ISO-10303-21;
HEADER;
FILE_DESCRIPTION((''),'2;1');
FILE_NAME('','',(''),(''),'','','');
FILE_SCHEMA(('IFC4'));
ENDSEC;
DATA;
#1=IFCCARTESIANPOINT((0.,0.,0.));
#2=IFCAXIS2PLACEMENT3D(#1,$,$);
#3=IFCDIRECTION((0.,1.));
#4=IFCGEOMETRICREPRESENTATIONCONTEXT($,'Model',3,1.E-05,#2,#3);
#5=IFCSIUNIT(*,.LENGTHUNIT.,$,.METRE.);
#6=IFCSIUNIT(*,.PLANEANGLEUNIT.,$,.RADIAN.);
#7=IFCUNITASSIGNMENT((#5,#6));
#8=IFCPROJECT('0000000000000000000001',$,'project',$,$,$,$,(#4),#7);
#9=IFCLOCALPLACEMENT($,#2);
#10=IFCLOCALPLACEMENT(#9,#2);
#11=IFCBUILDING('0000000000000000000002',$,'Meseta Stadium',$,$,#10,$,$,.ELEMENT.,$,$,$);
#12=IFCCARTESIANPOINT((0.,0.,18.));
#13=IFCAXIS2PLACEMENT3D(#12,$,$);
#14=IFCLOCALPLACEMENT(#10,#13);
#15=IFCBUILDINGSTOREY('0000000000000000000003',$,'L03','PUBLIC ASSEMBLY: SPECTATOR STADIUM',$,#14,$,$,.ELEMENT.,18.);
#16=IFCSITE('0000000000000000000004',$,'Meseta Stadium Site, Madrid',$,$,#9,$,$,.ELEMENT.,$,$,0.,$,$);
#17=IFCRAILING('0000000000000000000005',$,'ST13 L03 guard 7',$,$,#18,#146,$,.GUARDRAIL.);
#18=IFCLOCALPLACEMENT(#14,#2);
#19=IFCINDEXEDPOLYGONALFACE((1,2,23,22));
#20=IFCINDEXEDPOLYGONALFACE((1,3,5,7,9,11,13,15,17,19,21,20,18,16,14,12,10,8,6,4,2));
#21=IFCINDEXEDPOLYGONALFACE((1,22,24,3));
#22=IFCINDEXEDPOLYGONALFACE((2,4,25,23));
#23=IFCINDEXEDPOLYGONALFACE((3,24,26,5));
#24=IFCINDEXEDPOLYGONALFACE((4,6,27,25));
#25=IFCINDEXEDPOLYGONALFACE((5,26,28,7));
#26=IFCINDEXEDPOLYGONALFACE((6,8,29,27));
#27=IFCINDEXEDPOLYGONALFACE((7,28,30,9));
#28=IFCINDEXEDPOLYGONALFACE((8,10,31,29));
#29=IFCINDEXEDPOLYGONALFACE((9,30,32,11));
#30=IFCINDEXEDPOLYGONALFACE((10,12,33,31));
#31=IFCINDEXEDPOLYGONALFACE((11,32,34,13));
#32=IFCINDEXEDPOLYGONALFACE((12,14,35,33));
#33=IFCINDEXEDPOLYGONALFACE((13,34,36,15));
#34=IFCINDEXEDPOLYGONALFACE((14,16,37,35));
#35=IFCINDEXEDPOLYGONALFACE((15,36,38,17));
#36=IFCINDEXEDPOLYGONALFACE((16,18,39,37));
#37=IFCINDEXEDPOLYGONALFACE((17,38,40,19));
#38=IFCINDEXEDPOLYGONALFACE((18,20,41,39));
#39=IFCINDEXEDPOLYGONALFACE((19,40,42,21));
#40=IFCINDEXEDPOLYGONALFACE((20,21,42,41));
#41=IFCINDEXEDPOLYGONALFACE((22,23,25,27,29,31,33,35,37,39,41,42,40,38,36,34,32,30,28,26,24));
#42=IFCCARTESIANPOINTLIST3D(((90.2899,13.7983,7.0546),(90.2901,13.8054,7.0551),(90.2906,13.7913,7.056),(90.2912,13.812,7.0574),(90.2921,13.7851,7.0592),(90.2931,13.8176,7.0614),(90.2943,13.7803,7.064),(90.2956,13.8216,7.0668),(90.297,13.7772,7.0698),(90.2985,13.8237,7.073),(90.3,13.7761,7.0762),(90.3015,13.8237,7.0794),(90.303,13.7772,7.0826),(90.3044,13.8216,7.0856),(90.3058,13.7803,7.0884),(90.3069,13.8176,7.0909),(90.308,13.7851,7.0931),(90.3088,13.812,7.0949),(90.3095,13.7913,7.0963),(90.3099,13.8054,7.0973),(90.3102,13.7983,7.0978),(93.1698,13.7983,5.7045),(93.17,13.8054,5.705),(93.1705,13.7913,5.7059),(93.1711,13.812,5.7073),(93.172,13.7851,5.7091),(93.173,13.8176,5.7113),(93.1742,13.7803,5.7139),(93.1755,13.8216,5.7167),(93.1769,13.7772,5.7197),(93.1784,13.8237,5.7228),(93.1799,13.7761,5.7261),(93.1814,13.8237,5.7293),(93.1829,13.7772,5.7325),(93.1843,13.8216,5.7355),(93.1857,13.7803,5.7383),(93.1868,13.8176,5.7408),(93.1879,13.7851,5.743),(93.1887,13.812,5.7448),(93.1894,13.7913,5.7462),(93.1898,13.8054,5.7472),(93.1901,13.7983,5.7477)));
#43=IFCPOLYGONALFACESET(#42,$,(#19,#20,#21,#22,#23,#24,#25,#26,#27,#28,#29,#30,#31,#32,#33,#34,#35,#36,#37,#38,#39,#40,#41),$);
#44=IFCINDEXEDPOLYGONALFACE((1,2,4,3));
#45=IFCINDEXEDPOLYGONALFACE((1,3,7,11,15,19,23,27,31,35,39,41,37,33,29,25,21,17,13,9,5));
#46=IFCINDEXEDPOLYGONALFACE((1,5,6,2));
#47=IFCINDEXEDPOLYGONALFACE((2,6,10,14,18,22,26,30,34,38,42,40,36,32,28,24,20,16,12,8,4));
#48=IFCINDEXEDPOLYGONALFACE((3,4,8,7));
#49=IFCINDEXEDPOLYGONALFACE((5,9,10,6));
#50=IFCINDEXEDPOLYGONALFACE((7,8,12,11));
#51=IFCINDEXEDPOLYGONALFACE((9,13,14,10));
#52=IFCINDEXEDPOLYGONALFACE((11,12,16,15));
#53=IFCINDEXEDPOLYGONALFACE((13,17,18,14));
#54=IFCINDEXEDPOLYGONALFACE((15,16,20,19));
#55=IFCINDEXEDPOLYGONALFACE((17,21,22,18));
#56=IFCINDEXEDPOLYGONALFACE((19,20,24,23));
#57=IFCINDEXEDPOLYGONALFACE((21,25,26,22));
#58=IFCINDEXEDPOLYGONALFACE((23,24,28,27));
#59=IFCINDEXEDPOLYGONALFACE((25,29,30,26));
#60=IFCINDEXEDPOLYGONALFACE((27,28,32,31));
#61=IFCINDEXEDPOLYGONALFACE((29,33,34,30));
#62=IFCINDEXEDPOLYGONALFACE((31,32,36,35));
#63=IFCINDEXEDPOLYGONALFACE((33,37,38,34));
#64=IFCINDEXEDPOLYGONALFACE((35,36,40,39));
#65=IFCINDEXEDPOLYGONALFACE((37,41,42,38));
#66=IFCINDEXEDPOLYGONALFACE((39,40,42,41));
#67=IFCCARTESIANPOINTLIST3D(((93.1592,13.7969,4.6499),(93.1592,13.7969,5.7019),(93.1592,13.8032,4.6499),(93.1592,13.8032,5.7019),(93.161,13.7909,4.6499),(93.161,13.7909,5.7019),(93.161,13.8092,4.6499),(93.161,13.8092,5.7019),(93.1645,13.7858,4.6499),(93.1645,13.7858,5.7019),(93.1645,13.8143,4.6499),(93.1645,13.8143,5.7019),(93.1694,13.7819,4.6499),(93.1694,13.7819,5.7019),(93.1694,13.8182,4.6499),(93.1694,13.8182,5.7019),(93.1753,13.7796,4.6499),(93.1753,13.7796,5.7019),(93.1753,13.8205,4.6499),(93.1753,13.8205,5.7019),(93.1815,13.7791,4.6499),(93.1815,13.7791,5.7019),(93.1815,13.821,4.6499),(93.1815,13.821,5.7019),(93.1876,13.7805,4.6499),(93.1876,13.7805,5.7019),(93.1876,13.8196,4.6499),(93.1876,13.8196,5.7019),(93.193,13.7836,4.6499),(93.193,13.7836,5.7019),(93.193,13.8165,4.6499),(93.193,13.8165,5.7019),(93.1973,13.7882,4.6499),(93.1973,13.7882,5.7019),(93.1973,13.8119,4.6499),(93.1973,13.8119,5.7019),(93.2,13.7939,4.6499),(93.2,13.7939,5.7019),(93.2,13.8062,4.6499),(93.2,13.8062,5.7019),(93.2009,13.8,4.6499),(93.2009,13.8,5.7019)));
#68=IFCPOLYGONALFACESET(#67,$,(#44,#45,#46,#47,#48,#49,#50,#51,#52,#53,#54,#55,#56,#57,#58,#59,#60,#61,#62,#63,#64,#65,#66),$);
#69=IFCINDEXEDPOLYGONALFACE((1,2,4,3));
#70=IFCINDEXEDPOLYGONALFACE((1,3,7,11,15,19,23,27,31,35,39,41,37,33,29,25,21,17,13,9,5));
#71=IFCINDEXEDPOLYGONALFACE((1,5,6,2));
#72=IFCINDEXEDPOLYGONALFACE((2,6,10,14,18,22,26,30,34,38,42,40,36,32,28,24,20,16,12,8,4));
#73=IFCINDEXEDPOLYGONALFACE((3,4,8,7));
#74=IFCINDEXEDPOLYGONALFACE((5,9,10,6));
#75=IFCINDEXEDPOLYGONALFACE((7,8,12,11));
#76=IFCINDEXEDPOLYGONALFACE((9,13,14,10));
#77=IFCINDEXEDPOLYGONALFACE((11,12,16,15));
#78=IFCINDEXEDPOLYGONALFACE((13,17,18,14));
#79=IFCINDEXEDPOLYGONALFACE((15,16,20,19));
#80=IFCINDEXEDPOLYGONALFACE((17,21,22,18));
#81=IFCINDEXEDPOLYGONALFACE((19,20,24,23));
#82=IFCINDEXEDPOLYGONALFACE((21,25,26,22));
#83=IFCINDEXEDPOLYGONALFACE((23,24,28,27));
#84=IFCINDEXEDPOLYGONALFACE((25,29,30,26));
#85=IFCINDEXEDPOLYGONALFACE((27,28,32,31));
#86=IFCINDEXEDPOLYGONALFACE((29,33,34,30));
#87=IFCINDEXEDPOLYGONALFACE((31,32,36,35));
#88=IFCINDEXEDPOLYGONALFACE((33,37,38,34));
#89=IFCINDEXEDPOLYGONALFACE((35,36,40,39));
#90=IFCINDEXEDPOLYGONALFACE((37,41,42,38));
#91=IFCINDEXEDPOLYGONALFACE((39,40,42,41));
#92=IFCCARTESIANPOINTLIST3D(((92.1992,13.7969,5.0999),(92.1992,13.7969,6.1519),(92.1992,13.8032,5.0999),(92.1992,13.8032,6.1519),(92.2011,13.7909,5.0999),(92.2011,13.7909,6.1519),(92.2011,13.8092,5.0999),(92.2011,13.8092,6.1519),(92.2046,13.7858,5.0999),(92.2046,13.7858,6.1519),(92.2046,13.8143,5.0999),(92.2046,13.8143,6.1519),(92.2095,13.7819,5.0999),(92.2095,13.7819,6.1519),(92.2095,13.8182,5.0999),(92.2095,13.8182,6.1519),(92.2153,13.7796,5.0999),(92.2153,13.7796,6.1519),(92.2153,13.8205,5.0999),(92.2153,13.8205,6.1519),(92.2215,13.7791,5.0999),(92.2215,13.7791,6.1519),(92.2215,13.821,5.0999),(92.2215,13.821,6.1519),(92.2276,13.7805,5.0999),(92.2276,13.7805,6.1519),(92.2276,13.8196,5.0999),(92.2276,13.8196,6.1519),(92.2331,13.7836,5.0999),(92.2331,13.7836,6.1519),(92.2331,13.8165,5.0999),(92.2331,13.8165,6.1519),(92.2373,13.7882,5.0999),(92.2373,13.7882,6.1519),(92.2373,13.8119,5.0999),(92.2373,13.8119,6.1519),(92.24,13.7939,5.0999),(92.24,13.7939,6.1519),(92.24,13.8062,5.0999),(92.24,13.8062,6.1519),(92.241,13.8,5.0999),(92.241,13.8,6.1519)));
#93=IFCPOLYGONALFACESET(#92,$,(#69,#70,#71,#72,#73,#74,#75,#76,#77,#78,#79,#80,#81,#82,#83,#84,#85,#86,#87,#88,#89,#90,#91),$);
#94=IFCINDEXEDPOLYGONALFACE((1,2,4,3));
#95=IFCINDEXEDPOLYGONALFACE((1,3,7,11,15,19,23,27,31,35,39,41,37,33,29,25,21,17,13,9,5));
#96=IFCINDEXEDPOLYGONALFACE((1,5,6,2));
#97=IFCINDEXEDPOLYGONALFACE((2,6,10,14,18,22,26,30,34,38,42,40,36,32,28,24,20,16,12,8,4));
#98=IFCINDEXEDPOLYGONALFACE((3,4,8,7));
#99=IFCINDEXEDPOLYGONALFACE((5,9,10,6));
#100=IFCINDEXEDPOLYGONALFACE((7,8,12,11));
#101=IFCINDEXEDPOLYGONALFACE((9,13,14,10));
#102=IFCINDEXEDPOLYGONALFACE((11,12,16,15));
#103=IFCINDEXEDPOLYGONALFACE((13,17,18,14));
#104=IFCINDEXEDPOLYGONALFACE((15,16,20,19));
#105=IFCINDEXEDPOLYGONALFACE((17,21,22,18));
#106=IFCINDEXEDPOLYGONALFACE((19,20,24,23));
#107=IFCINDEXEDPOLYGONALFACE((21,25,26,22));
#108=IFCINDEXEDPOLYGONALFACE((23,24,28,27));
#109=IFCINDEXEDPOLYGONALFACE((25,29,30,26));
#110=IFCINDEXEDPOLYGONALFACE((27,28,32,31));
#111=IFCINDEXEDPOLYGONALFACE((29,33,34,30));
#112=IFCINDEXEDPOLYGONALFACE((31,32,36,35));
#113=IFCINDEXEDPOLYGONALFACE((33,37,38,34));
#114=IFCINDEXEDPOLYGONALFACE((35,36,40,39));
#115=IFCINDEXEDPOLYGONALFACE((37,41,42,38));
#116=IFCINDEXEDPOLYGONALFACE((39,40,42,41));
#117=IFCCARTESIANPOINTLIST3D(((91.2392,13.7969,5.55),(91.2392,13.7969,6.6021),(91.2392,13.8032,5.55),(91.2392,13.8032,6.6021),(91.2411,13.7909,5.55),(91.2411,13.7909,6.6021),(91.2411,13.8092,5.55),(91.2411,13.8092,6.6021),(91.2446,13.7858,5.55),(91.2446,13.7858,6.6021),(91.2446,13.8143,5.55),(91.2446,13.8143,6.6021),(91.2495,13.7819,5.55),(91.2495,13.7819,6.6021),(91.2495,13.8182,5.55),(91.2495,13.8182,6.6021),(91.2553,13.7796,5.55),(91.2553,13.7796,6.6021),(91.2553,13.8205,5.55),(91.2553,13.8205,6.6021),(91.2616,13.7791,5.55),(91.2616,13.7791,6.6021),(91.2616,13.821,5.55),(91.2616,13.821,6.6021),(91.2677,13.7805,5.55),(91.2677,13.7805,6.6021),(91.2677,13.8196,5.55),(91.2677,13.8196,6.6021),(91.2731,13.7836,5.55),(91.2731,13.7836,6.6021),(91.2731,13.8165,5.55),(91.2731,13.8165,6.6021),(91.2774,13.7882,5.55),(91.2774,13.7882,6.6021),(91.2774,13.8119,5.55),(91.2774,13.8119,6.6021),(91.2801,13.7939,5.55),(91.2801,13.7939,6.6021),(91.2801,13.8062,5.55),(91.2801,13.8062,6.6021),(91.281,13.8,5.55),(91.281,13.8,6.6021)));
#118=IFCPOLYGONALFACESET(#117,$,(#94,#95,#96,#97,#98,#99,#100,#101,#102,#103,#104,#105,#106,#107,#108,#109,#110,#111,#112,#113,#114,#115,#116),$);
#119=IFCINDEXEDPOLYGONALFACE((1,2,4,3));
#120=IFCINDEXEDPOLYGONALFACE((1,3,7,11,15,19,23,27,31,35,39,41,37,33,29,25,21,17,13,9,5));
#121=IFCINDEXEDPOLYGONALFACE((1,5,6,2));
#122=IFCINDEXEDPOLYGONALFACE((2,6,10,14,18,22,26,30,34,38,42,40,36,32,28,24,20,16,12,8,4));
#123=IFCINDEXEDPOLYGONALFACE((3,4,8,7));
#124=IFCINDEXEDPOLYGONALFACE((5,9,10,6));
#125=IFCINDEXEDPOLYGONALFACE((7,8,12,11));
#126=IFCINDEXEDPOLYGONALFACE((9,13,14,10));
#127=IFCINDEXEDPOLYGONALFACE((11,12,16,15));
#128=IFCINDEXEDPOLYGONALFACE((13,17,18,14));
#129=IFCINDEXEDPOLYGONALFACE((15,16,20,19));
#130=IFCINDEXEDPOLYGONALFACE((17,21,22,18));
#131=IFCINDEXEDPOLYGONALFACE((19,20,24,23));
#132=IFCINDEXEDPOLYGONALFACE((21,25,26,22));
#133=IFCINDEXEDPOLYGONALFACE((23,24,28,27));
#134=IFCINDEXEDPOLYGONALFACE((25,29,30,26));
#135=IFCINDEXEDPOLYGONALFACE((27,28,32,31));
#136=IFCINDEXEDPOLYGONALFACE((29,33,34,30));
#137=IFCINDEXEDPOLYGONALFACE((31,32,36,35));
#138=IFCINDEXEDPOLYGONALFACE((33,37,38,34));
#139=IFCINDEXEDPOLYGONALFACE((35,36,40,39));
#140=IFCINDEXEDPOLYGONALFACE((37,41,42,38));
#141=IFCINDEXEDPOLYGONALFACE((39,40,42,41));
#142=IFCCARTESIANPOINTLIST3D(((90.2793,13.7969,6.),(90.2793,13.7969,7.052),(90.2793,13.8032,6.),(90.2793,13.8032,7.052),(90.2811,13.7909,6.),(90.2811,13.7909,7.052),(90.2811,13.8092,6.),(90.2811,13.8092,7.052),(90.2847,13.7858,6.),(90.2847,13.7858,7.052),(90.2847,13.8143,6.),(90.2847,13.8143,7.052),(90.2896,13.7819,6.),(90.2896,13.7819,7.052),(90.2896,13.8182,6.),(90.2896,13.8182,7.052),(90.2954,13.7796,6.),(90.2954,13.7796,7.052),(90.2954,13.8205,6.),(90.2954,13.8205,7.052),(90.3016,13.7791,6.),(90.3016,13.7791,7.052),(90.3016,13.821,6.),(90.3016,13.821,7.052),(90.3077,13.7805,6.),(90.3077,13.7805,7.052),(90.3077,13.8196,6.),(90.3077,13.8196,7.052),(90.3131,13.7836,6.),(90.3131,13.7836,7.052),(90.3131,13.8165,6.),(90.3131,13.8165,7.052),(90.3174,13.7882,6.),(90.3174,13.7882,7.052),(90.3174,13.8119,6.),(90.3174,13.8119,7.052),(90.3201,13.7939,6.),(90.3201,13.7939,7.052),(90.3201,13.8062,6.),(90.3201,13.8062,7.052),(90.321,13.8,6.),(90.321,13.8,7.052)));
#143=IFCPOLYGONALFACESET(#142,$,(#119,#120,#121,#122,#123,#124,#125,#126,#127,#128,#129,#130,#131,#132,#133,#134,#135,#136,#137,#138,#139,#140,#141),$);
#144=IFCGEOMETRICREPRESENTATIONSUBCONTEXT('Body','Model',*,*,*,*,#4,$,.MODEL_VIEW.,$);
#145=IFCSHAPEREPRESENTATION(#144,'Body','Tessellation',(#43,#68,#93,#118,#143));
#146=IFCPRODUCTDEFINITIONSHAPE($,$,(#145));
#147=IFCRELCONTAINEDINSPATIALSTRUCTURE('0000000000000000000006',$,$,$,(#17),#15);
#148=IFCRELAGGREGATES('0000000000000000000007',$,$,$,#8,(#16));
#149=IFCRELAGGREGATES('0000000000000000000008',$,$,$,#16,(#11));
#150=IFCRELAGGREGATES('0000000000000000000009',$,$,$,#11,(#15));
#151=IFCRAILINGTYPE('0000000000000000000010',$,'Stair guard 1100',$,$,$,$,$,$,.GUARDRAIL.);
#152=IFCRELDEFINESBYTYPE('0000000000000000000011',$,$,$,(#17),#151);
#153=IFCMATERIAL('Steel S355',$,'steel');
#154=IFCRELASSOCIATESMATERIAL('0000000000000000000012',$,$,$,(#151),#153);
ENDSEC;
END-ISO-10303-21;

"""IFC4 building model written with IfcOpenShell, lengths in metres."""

from ifc_helpers import new_model, si_unit, direction, frame, origin, origin_2d, place, context, subcontext, project, spatial, circle, extrude, material, type_object, element, save


model = new_model("IFC4")

# Units and contexts
model_context = context("Model", 3, precision=1e-05, world=origin(), true_north=direction((0.0, 1.0)))
body_context = subcontext(model_context, "Body", "Model", "MODEL_VIEW")
ifc_project = project(units=[si_unit("LENGTHUNIT", "METRE"), si_unit("PLANEANGLEUNIT", "RADIAN")], contexts=[model_context])

# Site, building, storey
site_placement = place(None, origin())
site = spatial("IfcSite", under=ifc_project, at=site_placement, Name="Meseta Stadium Site, Madrid", CompositionType="ELEMENT", RefElevation=0.0)
building_placement = place(site_placement, origin())
building = spatial("IfcBuilding", under=site, at=building_placement, Name="Meseta Stadium", CompositionType="ELEMENT")
storey_placement = place(building_placement, frame((0.0, 0.0, 18.0)))
storey = spatial("IfcBuildingStorey", under=building, at=storey_placement, Name="L03", Description="PUBLIC ASSEMBLY: SPECTATOR STADIUM", CompositionType="ELEMENT", Elevation=18.0)

# Railing
ifc_material_1 = material(Name="Steel S355", Category="steel")
railing_type_1 = type_object("IfcRailingType", Name="Stair guard 1100", PredefinedType="GUARDRAIL", material=ifc_material_1)
railing_1_placement = place(storey_placement, frame((93.1799, 13.8, 4.6499)))
element("IfcRailing", 1, at=railing_1_placement, inside=storey, type_object=railing_type_1, Name="ST13 L03 guard 7", PredefinedType="GUARDRAIL", context=body_context, shape_type="SweptSolid", body=[
    extrude(circle(Radius=0.0239, at=origin_2d()), frame((0.0, 0.0, 1.0762), z_axis=(-0.90544, 0.0, 0.424473), x_axis=(0.0, -1.0, 0.0)), (0.0, 0.0, 1.0), 3.1807),
    extrude(circle(Radius=0.021, at=origin_2d()), origin(), (0.0, 0.0, 1.0), 1.052),
    extrude(circle(Radius=0.021, at=origin_2d()), frame((-0.96, 0.0, 0.45)), (0.0, 0.0, 1.0), 1.052),
    extrude(circle(Radius=0.021, at=origin_2d()), frame((-1.9199, 0.0, 0.9001)), (0.0, 0.0, 1.0), 1.052),
    extrude(circle(Radius=0.021, at=origin_2d()), frame((-2.8799, 0.0, 1.3501)), (0.0, 0.0, 1.0), 1.052),
])

save(model, "model.ifc")
